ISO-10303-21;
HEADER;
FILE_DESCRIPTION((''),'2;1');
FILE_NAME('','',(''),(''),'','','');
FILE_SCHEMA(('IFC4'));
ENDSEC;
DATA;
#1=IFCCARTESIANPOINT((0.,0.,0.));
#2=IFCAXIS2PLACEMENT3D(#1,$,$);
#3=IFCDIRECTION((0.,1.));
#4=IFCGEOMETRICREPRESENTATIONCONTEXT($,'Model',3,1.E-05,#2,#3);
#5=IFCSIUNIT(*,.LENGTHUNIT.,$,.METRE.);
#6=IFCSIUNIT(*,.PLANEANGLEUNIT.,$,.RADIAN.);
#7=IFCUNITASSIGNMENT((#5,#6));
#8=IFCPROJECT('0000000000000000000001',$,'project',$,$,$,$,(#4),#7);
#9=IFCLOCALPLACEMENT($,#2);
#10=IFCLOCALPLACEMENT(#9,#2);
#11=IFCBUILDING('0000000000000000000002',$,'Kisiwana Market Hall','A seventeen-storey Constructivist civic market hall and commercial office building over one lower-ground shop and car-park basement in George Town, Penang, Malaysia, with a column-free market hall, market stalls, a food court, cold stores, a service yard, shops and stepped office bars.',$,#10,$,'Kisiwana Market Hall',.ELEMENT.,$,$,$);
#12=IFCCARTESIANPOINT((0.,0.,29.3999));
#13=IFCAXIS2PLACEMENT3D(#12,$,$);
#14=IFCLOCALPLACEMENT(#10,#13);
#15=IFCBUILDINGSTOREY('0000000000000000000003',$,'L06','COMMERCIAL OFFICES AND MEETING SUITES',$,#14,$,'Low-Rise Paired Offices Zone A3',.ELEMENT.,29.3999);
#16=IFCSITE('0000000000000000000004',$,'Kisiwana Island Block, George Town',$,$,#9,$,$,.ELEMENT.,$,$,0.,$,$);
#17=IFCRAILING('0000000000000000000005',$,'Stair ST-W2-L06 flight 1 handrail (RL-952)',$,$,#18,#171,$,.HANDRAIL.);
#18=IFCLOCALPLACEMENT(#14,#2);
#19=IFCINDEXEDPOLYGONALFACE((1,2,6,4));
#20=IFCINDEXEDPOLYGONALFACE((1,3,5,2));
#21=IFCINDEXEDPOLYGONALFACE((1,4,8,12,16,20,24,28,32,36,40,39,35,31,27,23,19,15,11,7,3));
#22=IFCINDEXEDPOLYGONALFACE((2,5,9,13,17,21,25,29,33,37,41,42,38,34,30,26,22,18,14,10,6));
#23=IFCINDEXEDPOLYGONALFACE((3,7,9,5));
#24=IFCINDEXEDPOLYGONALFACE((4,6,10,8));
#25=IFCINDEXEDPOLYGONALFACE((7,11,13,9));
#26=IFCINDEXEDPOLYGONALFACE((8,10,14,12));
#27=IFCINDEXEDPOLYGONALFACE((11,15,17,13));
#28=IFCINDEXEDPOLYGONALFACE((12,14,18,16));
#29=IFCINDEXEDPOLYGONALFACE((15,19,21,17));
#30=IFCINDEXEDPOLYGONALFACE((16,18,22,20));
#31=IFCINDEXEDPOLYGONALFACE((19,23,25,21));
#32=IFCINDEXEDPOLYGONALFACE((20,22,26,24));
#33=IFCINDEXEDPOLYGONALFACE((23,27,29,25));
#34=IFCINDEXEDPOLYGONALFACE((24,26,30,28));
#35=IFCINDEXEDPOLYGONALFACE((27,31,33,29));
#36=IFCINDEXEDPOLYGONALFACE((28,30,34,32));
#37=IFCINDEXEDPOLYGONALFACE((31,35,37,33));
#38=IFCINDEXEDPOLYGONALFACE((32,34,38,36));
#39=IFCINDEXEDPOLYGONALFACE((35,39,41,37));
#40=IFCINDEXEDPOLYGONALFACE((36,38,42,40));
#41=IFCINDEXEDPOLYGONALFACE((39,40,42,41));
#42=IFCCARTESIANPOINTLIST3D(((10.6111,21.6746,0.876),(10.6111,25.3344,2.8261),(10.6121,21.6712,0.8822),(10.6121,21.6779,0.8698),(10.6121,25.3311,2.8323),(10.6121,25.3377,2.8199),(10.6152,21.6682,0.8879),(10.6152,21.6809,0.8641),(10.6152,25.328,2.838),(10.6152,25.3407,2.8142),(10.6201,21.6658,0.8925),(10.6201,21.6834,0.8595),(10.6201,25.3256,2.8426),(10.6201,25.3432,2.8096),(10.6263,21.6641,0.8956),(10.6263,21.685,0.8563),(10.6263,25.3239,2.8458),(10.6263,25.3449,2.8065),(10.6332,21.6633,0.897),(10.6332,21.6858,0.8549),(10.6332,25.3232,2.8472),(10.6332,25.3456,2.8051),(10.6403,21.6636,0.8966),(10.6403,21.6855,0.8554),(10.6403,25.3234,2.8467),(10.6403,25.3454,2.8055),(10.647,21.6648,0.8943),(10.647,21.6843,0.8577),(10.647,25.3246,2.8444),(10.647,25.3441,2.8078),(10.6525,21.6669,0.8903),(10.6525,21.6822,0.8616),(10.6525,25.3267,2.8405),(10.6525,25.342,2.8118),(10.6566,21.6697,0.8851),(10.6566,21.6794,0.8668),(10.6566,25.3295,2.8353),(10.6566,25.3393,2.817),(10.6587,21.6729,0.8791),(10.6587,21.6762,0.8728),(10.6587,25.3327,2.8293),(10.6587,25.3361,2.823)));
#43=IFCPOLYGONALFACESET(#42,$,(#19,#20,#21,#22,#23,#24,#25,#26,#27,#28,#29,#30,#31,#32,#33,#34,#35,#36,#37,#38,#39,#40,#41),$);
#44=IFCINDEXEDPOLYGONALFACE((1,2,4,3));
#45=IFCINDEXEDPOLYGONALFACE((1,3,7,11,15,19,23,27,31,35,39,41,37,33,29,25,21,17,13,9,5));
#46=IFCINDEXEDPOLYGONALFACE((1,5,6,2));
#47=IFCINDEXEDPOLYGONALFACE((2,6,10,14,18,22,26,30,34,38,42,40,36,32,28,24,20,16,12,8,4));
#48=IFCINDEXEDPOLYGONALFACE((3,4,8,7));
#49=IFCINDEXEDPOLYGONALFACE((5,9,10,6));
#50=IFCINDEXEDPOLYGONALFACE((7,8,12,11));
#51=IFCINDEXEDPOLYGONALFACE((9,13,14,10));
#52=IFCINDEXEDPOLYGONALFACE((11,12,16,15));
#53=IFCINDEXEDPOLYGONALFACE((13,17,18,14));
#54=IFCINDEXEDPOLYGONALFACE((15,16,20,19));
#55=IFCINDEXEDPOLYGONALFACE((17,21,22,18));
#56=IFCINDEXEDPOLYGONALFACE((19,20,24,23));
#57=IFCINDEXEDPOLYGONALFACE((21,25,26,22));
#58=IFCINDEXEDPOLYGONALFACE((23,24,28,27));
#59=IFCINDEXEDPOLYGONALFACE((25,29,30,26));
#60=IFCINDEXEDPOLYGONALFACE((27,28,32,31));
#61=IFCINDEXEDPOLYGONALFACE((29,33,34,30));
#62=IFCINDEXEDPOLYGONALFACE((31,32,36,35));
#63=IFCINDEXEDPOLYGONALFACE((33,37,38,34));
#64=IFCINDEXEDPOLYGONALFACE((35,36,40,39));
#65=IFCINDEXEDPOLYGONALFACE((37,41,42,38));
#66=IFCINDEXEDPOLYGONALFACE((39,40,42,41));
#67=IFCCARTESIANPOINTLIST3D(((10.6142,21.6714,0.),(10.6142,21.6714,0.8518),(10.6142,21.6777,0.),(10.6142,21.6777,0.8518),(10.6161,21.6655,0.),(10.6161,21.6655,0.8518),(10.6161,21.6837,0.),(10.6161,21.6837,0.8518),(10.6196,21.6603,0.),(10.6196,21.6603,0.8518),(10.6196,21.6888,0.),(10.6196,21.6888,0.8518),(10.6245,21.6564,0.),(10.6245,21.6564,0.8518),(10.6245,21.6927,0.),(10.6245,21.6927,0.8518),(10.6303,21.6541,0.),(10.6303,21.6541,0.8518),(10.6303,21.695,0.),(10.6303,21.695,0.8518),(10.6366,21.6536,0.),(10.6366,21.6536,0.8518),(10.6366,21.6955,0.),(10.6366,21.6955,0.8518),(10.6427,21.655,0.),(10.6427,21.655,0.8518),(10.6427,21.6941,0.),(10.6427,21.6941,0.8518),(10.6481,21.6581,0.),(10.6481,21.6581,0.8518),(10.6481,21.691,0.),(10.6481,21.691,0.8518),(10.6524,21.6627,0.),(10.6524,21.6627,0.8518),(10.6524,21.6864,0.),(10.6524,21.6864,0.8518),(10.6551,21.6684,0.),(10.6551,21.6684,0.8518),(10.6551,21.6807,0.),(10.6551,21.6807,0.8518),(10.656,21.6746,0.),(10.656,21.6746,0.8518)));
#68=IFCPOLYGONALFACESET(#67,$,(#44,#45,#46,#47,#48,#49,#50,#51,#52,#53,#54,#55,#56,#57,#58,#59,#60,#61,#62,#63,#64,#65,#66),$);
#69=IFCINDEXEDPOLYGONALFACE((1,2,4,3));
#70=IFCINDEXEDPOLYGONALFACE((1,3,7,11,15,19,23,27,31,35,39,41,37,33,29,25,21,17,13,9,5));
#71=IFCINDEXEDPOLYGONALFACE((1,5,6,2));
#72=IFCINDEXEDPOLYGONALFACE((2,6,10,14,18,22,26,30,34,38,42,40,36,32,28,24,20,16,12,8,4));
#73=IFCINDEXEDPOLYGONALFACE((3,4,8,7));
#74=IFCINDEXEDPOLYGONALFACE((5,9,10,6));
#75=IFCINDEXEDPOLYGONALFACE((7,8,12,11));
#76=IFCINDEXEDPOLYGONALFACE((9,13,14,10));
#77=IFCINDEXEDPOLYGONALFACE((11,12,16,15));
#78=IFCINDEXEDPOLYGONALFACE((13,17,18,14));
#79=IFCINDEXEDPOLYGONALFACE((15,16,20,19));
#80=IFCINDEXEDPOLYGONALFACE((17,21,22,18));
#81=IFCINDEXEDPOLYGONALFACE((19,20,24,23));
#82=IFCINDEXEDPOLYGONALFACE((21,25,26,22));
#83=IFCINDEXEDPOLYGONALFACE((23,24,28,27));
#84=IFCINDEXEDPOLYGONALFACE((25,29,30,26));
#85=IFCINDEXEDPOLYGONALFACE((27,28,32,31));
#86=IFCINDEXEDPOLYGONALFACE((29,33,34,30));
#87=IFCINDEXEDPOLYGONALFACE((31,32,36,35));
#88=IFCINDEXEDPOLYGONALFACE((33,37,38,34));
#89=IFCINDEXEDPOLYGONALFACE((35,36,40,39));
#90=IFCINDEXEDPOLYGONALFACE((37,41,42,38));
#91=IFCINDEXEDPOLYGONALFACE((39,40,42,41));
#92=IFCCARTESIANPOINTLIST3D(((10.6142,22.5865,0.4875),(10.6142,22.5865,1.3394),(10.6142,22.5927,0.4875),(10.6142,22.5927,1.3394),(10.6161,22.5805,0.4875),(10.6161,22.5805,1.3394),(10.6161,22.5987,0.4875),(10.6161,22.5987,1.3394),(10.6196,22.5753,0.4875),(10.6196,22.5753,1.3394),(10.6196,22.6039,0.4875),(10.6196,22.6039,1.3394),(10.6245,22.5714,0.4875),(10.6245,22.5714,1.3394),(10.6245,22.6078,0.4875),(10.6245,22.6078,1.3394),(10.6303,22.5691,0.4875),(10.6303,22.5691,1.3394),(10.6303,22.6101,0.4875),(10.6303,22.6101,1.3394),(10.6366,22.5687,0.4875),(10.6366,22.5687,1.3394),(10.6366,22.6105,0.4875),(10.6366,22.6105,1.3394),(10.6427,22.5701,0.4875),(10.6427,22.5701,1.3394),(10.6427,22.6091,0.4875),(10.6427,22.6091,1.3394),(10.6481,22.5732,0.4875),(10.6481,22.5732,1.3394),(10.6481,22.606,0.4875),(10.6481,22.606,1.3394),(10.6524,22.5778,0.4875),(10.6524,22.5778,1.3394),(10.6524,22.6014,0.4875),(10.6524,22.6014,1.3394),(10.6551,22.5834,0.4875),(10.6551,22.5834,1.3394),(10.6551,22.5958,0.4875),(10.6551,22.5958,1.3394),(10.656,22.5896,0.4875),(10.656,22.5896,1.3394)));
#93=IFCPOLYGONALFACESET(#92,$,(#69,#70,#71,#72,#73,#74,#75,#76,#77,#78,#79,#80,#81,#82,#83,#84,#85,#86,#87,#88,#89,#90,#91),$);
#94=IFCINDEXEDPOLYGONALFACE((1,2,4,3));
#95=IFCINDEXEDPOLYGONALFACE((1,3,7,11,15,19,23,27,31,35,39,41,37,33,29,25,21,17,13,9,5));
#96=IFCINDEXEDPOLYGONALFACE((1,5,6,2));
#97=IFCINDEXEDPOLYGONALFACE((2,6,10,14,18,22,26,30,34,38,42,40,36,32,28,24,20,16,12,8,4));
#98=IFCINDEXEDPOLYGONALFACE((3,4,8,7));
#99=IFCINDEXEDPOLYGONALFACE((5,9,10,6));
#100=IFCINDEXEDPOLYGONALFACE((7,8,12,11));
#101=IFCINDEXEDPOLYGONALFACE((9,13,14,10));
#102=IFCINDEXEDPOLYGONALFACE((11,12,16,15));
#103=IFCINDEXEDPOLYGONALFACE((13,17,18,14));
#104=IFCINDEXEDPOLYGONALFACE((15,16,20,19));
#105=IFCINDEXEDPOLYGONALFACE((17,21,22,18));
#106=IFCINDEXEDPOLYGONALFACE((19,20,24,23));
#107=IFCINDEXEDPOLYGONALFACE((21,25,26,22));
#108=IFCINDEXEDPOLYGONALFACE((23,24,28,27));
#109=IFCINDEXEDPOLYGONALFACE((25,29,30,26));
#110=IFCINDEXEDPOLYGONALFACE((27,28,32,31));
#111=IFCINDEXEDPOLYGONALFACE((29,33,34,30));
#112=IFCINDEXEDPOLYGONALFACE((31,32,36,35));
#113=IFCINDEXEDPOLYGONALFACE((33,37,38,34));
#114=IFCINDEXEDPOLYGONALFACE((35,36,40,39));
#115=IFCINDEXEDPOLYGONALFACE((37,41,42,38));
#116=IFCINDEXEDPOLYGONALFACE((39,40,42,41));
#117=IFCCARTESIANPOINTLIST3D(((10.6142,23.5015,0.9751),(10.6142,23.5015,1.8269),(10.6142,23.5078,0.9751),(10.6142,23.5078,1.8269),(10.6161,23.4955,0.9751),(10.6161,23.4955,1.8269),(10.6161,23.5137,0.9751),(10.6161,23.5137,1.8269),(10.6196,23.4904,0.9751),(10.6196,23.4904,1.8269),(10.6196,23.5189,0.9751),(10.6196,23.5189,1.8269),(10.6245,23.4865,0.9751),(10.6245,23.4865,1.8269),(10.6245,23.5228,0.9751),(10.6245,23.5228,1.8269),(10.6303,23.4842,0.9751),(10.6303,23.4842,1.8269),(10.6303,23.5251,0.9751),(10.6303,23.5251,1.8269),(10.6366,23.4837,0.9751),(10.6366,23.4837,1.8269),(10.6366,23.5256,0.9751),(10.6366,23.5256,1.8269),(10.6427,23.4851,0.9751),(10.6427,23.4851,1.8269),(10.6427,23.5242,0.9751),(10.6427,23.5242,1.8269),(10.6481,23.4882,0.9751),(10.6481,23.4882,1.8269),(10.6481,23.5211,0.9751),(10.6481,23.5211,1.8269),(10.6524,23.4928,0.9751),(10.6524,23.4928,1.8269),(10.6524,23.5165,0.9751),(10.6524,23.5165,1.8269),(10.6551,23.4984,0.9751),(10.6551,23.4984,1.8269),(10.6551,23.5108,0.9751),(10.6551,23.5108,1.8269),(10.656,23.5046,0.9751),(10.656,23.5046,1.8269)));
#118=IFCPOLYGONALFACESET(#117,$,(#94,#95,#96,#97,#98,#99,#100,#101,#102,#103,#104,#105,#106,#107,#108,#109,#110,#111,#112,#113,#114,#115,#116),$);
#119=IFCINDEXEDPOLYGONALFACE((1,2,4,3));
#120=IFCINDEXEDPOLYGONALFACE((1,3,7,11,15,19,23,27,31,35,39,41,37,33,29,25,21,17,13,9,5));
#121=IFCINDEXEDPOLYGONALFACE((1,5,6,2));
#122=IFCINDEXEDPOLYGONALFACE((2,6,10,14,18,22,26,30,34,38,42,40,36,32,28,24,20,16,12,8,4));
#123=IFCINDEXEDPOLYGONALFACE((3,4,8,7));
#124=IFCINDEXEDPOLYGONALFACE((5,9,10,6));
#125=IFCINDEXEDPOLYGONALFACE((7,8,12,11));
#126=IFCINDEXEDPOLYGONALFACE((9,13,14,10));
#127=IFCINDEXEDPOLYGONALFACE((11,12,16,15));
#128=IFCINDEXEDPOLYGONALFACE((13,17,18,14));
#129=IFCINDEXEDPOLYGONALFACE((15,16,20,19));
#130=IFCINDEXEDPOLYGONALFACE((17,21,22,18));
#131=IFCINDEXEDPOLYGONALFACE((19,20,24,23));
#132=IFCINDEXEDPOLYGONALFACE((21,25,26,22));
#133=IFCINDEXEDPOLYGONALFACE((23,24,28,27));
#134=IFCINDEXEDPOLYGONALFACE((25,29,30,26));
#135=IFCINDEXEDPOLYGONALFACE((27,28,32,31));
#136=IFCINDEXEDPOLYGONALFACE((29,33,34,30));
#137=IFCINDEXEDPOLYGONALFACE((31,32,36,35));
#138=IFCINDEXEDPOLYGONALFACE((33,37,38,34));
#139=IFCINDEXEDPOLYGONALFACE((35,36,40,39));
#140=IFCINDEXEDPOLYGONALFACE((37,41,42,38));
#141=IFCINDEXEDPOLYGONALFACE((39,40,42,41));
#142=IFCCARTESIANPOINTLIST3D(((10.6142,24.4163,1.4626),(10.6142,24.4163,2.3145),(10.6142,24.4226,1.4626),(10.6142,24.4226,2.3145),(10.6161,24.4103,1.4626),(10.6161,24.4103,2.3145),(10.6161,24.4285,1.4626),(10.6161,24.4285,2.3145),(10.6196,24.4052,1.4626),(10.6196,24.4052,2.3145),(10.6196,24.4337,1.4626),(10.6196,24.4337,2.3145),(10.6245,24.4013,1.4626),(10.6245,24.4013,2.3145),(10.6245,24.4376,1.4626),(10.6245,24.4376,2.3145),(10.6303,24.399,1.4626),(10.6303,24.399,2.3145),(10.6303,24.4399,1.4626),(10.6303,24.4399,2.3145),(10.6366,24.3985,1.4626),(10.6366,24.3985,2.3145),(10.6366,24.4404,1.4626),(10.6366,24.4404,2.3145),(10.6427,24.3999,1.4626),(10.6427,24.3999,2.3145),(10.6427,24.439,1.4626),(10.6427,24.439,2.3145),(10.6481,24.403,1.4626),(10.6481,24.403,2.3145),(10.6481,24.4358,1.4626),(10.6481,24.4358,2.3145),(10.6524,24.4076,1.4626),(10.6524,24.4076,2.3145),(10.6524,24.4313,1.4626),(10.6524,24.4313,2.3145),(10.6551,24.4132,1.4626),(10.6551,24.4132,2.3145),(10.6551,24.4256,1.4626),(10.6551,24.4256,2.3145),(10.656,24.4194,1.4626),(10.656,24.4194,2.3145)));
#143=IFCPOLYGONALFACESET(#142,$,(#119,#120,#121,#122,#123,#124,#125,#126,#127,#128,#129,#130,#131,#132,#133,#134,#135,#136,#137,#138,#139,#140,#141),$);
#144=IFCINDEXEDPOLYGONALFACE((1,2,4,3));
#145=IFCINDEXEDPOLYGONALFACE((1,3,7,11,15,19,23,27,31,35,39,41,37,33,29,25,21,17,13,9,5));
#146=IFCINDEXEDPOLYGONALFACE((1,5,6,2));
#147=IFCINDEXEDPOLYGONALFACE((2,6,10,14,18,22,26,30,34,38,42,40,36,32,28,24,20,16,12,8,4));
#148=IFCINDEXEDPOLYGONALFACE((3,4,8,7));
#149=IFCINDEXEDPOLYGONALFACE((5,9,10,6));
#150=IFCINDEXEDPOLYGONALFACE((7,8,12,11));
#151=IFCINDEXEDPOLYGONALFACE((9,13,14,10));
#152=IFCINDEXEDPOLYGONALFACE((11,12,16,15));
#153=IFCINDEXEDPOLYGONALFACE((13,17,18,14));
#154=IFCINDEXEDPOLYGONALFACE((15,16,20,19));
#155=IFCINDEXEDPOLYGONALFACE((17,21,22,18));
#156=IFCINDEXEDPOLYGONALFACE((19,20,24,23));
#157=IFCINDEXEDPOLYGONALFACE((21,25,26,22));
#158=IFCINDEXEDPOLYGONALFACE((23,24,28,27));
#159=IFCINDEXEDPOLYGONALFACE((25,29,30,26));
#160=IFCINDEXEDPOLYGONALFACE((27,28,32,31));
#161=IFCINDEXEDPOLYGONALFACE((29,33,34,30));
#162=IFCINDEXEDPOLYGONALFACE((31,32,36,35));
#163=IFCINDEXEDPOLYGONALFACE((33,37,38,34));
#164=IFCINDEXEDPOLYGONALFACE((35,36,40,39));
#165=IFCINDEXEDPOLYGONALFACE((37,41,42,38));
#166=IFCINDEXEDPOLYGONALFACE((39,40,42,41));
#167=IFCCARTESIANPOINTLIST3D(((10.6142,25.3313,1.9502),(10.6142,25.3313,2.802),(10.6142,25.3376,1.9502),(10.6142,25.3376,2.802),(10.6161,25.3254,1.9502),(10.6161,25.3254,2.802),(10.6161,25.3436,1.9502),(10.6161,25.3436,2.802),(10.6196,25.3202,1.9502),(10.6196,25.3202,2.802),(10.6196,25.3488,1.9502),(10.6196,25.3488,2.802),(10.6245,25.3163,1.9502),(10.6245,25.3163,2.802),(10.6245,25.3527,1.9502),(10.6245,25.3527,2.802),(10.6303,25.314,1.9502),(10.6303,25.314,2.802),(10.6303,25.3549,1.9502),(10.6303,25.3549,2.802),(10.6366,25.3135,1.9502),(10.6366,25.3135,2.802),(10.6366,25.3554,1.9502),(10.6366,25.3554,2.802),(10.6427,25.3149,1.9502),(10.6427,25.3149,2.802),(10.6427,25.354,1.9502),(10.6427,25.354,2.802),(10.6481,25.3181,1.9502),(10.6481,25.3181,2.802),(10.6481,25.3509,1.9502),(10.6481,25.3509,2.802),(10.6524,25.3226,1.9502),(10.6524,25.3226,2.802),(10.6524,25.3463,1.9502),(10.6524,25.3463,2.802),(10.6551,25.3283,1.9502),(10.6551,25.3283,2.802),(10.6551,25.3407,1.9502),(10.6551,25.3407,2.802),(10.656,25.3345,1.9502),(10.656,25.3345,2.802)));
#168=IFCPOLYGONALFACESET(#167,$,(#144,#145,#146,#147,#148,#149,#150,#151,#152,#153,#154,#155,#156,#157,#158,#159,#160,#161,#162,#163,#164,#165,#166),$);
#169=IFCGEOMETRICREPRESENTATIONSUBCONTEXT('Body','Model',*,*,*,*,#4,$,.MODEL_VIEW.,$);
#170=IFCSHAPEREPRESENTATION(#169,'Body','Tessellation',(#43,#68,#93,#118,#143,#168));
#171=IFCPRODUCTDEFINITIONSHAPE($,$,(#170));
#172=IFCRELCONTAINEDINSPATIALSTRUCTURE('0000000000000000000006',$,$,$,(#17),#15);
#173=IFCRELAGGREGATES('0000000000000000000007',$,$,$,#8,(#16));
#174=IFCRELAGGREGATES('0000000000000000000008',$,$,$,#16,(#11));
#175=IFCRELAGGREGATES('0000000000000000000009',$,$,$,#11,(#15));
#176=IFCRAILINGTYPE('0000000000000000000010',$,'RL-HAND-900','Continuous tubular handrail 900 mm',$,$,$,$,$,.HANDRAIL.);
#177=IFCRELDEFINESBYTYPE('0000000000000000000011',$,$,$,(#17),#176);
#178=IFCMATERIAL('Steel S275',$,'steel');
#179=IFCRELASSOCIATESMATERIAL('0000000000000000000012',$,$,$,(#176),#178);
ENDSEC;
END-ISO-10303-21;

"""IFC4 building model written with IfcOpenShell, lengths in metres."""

from ifc_helpers import new_model, si_unit, direction, frame, origin, origin_2d, place, context, subcontext, project, spatial, circle, extrude, material, type_object, element, save


model = new_model("IFC4")

# Units and contexts
model_context = context("Model", 3, precision=1e-05, world=origin(), true_north=direction((0.0, 1.0)))
body_context = subcontext(model_context, "Body", "Model", "MODEL_VIEW")
ifc_project = project(units=[si_unit("LENGTHUNIT", "METRE"), si_unit("PLANEANGLEUNIT", "RADIAN")], contexts=[model_context])

# Site, building, storey
site_placement = place(None, origin())
site = spatial("IfcSite", under=ifc_project, at=site_placement, Name="Kisiwana Island Block, George Town", CompositionType="ELEMENT", RefElevation=0.0)
building_placement = place(site_placement, origin())
building = spatial("IfcBuilding", under=site, at=building_placement, Name="Kisiwana Market Hall", Description="A seventeen-storey Constructivist civic market hall and commercial office building over one lower-ground shop and car-park basement in George Town, Penang, Malaysia, with a column-free market hall, market stalls, a food court, cold stores, a service yard, shops and stepped office bars.", LongName="Kisiwana Market Hall", CompositionType="ELEMENT")
storey_placement = place(building_placement, frame((0.0, 0.0, 29.3999)))
storey = spatial("IfcBuildingStorey", under=building, at=storey_placement, Name="L06", Description="COMMERCIAL OFFICES AND MEETING SUITES", LongName="Low-Rise Paired Offices Zone A3", CompositionType="ELEMENT", Elevation=29.3999)

# Railing
ifc_material_1 = material(Name="Steel S275", Category="steel")
railing_type_1 = type_object("IfcRailingType", Name="RL-HAND-900", Description="Continuous tubular handrail 900 mm", PredefinedType="HANDRAIL", material=ifc_material_1)
railing_1_placement = place(storey_placement, frame((10.635, 21.6746, 0.0)))
element("IfcRailing", 1, at=railing_1_placement, inside=storey, type_object=railing_type_1, Name="Stair ST-W2-L06 flight 1 handrail (RL-952)", PredefinedType="HANDRAIL", context=body_context, shape_type="SweptSolid", body=[
    extrude(circle(Radius=0.0239, at=origin_2d()), frame((0.0, 0.0, 0.876), z_axis=(0.0, 0.882529, 0.470258), x_axis=(-1.0, 0.0, 0.0)), (0.0, 0.0, 1.0), 4.147),
    extrude(circle(Radius=0.021, at=origin_2d()), origin(), (0.0, 0.0, 1.0), 0.8518),
    extrude(circle(Radius=0.021, at=origin_2d()), frame((0.0, 0.915, 0.4875)), (0.0, 0.0, 1.0), 0.8518),
    extrude(circle(Radius=0.021, at=origin_2d()), frame((0.0, 1.8301, 0.9751)), (0.0, 0.0, 1.0), 0.8518),
    extrude(circle(Radius=0.021, at=origin_2d()), frame((0.0, 2.7449, 1.4626)), (0.0, 0.0, 1.0), 0.8518),
    extrude(circle(Radius=0.021, at=origin_2d()), frame((0.0, 3.6599, 1.9502)), (0.0, 0.0, 1.0), 0.8518),
])

save(model, "model.ifc")
